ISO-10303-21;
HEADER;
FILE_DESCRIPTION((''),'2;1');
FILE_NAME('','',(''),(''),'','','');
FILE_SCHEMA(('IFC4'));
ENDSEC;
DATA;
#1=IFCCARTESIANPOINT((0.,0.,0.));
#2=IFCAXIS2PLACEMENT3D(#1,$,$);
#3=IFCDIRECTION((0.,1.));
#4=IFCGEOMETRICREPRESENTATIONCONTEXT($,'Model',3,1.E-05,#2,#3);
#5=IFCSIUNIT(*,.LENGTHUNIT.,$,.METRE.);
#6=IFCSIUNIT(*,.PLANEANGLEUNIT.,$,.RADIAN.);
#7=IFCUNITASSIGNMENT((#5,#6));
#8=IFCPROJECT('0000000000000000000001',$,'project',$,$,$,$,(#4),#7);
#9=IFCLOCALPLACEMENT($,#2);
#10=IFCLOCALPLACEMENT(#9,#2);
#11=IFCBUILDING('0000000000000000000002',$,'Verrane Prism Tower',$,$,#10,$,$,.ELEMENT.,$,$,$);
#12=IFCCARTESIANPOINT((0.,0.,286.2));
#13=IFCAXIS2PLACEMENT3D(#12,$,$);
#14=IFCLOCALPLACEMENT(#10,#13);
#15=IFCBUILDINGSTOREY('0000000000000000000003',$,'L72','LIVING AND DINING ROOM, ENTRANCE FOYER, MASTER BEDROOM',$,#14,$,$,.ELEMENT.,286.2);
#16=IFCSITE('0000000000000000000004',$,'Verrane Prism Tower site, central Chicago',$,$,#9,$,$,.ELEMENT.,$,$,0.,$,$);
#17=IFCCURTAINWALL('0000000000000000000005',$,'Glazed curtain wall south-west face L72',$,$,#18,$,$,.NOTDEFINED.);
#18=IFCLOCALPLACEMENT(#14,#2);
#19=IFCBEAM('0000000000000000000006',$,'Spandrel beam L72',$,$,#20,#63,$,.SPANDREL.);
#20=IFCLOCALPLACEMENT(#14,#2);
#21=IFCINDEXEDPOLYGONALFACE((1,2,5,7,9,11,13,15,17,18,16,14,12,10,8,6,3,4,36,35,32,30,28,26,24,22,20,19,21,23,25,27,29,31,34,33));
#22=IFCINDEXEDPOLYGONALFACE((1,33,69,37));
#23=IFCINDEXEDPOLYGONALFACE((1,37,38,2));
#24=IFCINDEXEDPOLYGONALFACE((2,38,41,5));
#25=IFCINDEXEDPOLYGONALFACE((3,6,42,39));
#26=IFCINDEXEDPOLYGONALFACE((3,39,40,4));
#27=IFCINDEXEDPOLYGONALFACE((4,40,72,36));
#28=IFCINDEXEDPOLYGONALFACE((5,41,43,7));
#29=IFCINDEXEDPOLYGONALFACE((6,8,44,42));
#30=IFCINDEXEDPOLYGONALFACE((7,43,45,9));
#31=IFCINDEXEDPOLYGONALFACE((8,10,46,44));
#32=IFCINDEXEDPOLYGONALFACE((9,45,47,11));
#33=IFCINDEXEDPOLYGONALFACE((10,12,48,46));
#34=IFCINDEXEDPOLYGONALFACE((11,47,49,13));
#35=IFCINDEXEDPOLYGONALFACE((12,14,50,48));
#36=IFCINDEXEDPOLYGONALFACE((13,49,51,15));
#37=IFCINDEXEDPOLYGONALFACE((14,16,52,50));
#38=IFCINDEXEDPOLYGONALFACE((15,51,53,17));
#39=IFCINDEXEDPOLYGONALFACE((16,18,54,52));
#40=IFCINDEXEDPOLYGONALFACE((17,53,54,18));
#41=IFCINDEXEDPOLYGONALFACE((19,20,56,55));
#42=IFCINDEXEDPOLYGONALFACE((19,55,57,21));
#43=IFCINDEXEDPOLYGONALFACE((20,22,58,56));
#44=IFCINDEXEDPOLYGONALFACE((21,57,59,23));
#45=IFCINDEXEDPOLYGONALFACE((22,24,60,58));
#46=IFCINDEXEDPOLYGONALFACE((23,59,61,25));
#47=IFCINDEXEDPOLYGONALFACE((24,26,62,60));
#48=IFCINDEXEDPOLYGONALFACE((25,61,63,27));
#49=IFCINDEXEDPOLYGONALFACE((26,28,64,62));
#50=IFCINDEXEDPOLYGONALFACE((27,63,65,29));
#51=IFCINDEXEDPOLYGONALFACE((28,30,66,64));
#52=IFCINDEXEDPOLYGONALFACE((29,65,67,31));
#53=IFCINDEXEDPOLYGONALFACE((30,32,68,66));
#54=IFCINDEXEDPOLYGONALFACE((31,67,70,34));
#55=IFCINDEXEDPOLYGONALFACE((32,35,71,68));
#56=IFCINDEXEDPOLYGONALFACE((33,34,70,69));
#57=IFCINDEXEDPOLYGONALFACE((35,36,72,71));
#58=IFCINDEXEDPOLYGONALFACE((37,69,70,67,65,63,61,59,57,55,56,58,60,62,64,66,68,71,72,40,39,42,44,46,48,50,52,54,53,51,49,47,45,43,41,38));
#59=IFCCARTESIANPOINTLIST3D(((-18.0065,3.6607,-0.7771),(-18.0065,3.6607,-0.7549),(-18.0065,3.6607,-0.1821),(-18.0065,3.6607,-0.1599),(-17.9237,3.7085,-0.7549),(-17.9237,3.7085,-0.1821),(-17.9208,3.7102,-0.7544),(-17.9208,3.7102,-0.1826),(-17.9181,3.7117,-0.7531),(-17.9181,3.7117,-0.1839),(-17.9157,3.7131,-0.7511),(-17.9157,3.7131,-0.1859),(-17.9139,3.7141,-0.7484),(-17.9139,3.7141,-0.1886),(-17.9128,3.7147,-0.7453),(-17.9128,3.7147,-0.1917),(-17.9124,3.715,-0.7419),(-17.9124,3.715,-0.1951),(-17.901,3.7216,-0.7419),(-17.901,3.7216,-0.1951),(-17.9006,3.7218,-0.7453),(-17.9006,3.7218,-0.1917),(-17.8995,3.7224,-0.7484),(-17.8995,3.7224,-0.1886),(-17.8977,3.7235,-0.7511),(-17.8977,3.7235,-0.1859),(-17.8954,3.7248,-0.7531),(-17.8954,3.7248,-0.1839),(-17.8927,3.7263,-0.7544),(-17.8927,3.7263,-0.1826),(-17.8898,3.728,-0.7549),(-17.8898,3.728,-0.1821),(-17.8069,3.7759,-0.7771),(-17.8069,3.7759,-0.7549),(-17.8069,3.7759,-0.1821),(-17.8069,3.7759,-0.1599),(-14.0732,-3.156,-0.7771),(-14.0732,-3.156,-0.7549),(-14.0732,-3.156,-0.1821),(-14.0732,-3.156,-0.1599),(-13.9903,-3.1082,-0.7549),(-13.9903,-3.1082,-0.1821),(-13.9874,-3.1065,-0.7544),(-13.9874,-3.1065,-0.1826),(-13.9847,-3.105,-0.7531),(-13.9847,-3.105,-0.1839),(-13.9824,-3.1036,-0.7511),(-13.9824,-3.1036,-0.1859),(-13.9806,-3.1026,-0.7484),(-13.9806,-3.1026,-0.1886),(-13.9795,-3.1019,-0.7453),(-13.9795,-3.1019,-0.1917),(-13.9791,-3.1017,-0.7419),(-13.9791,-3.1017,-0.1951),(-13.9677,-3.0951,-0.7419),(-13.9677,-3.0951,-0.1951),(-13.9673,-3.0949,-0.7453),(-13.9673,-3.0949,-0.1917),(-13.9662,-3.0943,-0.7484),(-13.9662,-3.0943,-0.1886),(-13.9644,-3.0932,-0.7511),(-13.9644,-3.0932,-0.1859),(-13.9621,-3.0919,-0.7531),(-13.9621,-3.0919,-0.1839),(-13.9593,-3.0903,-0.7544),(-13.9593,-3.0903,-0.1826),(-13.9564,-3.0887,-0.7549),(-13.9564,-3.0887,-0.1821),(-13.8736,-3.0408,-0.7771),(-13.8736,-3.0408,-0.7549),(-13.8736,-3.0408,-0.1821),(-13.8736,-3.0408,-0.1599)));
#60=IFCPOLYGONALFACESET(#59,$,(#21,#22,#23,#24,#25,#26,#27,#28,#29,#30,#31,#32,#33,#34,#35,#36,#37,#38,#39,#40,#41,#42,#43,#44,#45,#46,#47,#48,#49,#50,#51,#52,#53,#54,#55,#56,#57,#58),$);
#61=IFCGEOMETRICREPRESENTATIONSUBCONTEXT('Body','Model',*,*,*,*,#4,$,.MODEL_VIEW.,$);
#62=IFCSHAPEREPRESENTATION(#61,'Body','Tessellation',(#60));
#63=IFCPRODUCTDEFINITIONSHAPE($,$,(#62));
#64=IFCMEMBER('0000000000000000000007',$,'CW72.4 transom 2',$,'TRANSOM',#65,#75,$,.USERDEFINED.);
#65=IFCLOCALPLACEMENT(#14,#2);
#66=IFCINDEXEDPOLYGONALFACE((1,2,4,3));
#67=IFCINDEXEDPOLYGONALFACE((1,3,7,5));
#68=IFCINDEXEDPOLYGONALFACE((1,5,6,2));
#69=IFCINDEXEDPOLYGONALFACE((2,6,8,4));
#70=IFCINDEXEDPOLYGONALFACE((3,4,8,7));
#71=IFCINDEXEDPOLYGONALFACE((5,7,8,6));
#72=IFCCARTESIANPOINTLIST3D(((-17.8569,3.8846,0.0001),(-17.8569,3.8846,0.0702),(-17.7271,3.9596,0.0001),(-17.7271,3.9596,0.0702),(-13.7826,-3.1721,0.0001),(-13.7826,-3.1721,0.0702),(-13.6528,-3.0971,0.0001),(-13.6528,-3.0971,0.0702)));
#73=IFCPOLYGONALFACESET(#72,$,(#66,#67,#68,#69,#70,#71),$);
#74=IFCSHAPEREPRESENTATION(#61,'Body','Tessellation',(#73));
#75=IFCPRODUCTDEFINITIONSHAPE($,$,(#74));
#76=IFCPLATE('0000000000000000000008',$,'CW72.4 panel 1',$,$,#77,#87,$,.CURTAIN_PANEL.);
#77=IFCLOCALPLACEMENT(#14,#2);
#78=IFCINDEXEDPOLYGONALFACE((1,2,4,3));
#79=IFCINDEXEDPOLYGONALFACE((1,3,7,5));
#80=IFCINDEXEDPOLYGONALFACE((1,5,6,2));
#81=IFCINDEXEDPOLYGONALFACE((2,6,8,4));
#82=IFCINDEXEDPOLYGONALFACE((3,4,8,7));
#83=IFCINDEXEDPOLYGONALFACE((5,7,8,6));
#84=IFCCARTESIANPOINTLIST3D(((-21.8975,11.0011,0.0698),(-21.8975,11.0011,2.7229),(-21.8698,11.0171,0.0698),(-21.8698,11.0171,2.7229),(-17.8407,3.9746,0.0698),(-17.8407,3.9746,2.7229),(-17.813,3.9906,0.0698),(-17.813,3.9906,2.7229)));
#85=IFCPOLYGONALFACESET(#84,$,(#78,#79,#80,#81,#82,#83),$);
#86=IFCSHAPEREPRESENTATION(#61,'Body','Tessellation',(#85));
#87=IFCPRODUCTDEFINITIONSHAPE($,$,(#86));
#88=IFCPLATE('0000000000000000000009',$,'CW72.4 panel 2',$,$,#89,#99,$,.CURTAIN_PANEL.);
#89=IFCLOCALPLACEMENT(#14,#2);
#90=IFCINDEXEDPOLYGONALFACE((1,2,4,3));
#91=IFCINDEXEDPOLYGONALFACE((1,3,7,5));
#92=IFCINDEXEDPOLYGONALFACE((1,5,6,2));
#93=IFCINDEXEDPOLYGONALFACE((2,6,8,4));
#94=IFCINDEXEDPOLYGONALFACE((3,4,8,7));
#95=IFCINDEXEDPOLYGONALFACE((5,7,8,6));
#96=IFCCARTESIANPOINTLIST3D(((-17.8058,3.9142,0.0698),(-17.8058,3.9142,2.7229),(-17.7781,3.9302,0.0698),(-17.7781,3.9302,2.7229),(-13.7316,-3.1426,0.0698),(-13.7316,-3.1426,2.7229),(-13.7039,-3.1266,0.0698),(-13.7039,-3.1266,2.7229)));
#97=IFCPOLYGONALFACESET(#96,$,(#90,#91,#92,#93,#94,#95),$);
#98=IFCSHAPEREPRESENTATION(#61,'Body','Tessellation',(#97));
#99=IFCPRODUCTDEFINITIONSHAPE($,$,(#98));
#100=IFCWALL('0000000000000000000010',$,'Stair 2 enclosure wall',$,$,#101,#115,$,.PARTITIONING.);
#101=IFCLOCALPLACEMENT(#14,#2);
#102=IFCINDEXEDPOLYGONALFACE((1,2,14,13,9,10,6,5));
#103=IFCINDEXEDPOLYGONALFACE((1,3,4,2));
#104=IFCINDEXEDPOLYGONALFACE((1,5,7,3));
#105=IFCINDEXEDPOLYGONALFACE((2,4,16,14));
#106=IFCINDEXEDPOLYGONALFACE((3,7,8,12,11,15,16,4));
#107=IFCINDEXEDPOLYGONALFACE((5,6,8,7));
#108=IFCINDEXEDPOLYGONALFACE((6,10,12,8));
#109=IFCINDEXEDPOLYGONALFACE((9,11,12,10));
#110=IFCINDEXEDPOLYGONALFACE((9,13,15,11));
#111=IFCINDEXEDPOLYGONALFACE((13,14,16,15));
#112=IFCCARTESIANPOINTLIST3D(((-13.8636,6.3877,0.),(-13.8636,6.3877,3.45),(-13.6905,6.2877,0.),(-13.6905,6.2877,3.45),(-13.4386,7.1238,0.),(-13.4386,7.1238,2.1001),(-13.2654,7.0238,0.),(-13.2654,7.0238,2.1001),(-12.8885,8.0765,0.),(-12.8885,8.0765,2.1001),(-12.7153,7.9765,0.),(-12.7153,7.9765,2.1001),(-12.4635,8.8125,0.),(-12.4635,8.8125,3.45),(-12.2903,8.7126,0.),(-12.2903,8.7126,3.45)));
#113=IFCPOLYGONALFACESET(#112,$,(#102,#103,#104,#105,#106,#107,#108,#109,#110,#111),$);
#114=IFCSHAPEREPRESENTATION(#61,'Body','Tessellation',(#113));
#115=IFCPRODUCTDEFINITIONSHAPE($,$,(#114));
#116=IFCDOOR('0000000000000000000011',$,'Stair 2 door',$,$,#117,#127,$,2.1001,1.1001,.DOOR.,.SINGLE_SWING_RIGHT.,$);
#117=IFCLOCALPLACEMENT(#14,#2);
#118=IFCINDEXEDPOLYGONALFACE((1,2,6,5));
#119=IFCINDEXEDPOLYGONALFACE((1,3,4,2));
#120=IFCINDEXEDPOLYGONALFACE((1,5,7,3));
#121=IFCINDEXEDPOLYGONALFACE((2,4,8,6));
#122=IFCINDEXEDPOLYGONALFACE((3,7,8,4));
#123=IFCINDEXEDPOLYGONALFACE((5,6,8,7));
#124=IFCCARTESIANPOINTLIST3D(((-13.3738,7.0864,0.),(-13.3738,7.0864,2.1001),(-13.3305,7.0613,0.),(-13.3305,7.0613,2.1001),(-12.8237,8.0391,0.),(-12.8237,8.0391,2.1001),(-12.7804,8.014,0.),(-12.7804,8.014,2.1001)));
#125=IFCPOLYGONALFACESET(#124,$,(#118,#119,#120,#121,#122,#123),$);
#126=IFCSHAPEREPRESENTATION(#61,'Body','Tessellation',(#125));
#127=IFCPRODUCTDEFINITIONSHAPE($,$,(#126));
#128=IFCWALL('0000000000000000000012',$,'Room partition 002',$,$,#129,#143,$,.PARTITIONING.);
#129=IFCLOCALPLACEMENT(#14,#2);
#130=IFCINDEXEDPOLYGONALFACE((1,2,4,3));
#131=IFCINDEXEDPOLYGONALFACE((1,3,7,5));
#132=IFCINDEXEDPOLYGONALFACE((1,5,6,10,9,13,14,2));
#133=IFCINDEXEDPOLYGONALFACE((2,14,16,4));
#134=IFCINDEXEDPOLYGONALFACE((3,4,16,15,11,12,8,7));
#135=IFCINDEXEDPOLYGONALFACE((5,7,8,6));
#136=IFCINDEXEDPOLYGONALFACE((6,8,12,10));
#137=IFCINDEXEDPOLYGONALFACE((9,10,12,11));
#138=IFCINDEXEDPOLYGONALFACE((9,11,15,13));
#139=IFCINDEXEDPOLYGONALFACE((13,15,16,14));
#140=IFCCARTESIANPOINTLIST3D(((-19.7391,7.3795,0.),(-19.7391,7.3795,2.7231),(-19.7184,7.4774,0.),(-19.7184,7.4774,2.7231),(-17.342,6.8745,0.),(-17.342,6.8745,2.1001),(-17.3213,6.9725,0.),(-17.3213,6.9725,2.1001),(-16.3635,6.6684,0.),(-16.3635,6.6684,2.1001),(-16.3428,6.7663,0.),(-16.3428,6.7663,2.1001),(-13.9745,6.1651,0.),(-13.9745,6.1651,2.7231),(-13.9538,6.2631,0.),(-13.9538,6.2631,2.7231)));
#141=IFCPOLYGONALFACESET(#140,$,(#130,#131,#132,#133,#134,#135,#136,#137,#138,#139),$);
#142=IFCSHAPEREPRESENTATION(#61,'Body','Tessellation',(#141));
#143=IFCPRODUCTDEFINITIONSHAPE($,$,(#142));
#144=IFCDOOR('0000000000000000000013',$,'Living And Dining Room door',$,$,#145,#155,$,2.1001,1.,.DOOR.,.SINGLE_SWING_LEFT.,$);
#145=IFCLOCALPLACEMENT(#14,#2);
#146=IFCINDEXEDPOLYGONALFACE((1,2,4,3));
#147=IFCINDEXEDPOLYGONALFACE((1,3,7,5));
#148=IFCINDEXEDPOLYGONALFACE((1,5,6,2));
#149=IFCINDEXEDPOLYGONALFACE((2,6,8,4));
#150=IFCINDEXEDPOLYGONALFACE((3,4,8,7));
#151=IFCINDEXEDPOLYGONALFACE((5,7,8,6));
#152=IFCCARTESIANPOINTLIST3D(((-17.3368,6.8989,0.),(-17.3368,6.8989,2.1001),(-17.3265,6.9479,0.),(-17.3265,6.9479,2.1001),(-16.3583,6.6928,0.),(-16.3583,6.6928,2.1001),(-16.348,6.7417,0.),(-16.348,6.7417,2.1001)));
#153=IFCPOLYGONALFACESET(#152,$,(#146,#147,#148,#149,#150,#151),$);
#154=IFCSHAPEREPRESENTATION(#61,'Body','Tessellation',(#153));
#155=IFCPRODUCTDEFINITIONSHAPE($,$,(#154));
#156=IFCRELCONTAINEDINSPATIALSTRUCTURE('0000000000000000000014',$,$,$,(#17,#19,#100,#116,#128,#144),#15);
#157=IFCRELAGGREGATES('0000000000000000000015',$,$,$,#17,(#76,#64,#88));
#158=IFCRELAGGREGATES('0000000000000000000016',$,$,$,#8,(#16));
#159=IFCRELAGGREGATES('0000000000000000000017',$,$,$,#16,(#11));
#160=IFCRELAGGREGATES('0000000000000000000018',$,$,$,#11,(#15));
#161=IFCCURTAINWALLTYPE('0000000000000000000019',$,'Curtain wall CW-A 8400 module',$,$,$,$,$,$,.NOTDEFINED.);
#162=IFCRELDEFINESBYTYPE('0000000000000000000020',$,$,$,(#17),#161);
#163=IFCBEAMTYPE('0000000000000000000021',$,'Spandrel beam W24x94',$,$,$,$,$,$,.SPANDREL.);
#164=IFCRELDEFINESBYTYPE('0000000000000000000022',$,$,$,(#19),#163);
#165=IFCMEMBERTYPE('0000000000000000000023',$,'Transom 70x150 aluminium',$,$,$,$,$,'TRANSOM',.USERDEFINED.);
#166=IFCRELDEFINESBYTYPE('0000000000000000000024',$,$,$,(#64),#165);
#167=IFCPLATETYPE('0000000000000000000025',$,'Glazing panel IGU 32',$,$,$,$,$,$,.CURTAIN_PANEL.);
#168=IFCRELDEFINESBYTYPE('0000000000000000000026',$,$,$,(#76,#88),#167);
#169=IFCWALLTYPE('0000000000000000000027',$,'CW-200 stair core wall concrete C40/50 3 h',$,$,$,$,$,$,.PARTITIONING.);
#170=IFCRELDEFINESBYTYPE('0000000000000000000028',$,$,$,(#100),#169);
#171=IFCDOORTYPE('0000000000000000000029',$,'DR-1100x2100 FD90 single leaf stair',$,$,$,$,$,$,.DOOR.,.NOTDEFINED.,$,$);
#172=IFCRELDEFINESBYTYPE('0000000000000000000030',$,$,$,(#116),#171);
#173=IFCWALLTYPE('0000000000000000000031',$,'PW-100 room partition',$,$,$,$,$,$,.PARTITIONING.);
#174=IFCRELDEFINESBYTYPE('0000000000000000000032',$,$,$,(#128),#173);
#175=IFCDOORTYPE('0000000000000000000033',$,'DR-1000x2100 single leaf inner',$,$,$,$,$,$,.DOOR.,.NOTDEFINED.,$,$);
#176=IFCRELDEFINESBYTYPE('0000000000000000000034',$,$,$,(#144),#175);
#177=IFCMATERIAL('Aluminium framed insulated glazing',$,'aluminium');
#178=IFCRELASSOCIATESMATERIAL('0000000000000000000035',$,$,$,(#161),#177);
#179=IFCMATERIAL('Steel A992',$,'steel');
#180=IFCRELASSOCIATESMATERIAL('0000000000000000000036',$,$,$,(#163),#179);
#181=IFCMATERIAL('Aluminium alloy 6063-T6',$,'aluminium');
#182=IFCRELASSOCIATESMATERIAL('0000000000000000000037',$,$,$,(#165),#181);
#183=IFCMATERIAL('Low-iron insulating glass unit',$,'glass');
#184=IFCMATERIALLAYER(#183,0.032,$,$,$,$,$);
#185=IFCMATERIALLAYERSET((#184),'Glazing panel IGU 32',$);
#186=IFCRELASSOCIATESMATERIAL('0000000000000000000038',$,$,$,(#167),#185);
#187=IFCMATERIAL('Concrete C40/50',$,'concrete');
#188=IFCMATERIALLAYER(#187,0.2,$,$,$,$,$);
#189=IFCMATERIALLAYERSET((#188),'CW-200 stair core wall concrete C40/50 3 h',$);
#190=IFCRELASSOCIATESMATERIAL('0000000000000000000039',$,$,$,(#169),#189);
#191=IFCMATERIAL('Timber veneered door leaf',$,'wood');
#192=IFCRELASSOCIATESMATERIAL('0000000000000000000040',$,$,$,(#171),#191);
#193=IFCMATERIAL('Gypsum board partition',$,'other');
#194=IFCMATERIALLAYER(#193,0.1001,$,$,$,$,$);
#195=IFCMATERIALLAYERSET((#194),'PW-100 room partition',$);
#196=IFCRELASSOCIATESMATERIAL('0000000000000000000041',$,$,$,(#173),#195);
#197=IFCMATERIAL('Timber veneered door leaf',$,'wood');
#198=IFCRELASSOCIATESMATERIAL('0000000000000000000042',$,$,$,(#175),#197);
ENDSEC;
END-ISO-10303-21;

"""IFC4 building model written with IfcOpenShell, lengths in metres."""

from ifc_helpers import new_model, si_unit, direction, frame, frame_2d, origin, origin_2d, place, context, subcontext, project, spatial, rectangle, i_section, extrude, material, layer, layer_set, material_profile, profile_set, type_object, element, fill, aggregate, save


model = new_model("IFC4")

# Units and contexts
model_context = context("Model", 3, precision=1e-05, world=origin(), true_north=direction((0.0, 1.0)))
body_context = subcontext(model_context, "Body", "Model", "MODEL_VIEW")
ifc_project = project(units=[si_unit("LENGTHUNIT", "METRE"), si_unit("PLANEANGLEUNIT", "RADIAN")], contexts=[model_context])

# Site, building, storey
site_placement = place(None, origin())
site = spatial("IfcSite", under=ifc_project, at=site_placement, Name="Verrane Prism Tower site, central Chicago", CompositionType="ELEMENT", RefElevation=0.0)
building_placement = place(site_placement, origin())
building = spatial("IfcBuilding", under=site, at=building_placement, Name="Verrane Prism Tower", CompositionType="ELEMENT")
storey_placement = place(building_placement, frame((0.0, 0.0, 286.2)))
storey = spatial("IfcBuildingStorey", under=building, at=storey_placement, Name="L72", Description="LIVING AND DINING ROOM, ENTRANCE FOYER, MASTER BEDROOM", CompositionType="ELEMENT", Elevation=286.2)

# Curtain wall
ifc_material_1 = material(Name="Aluminium framed insulated glazing", Category="aluminium")
curtain_wall_type = type_object("IfcCurtainWallType", Name="Curtain wall CW-A 8400 module", PredefinedType="NOTDEFINED", material=ifc_material_1)
curtain_wall_placement = place(storey_placement, origin())
curtain_wall = element("IfcCurtainWall", 1, at=curtain_wall_placement, inside=storey, type_object=curtain_wall_type, Name="Glazed curtain wall south-west face L72", PredefinedType="NOTDEFINED")

# Beam
ifc_material_2 = material(Name="Steel A992", Category="steel")
ifc_material_profile_1 = material_profile(ifc_material_2, i_section(OverallWidth=0.2305, OverallDepth=0.6172, WebThickness=0.0132, FlangeThickness=0.0222, FilletRadius=0.0129, at=origin_2d()), Name="W24x94")
ifc_profile_set_1 = profile_set([ifc_material_profile_1], Name="Steel A992")
beam_type_1 = type_object("IfcBeamType", Name="Spandrel beam W24x94", PredefinedType="SPANDREL", material=ifc_profile_set_1)
beam_1_placement = place(storey_placement, frame((-17.9067, 3.7183, -0.4685), z_axis=(0.499786, -0.866149, 0.0), x_axis=(0.866149, 0.499786, 0.0)))
element("IfcBeam", 2, at=beam_1_placement, inside=storey, type_object=beam_type_1, Name="Spandrel beam L72", PredefinedType="SPANDREL", context=body_context, shape_type="SweptSolid", body=[
    extrude(i_section(OverallWidth=0.2305, OverallDepth=0.6172, WebThickness=0.0132, FlangeThickness=0.0222, FilletRadius=0.0129, at=origin_2d()), origin(), (0.0, 0.0, 1.0), 7.8701),
])

# Member
ifc_material_3 = material(Name="Aluminium alloy 6063-T6", Category="aluminium")
ifc_material_profile_2 = material_profile(ifc_material_3, rectangle(XDim=0.1499, YDim=0.0701, at=origin_2d()), Name="Transom 70x150 aluminium")
ifc_profile_set_2 = profile_set([ifc_material_profile_2], Name="Aluminium alloy 6063-T6")
member_type_1 = type_object("IfcMemberType", Name="Transom 70x150 aluminium", ElementType="TRANSOM", PredefinedType="USERDEFINED", material=ifc_profile_set_2)
member_1_placement = place(storey_placement, frame((-17.792, 3.9221, 0.0352), z_axis=(0.500006, -0.866022, 0.0), x_axis=(0.866022, 0.500006, 0.0)))
member_1 = element("IfcMember", 3, at=member_1_placement, type_object=member_type_1, Name="CW72.4 transom 2", ObjectType="TRANSOM", PredefinedType="USERDEFINED", context=body_context, shape_type="SweptSolid", body=[
    extrude(rectangle(XDim=0.1499, YDim=0.0701, at=origin_2d()), origin(), (0.0, 0.0, 1.0), 8.1484),
])

# Plates
ifc_material_4 = material(Name="Low-iron insulating glass unit", Category="glass")
ifc_layer_1 = layer(ifc_material_4, 0.032)
ifc_layer_set_1 = layer_set([ifc_layer_1], Name="Glazing panel IGU 32")
plate_type = type_object("IfcPlateType", Name="Glazing panel IGU 32", PredefinedType="CURTAIN_PANEL", material=ifc_layer_set_1)
plate_1_placement = place(storey_placement, frame((-19.8552, 7.4958, 0.0698), z_axis=(0.0, 0.0, 1.0), x_axis=(0.500001, -0.866025, 0.0)))
plate_1 = element("IfcPlate", 4, at=plate_1_placement, type_object=plate_type, Name="CW72.4 panel 1", PredefinedType="CURTAIN_PANEL", context=body_context, shape_type="SweptSolid", body=[
    extrude(rectangle(XDim=8.1135, YDim=0.032, at=origin_2d()), origin(), (0.0, 0.0, 1.0), 2.6531),
])
plate_2_placement = place(storey_placement, frame((-15.7549, 0.3938, 0.0698), z_axis=(0.0, 0.0, 1.0), x_axis=(0.500001, -0.866025, 0.0)))
plate_2 = element("IfcPlate", 5, at=plate_2_placement, type_object=plate_type, Name="CW72.4 panel 2", PredefinedType="CURTAIN_PANEL", context=body_context, shape_type="SweptSolid", body=[
    extrude(rectangle(XDim=8.1484, YDim=0.032, at=origin_2d()), origin(), (0.0, 0.0, 1.0), 2.6531),
])
aggregate(curtain_wall, [plate_1, member_1, plate_2])

# Walls, openings, doors
ifc_material_5 = material(Name="Concrete C40/50", Category="concrete")
ifc_layer_2 = layer(ifc_material_5, 0.2)
ifc_layer_set_2 = layer_set([ifc_layer_2], Name="CW-200 stair core wall concrete C40/50 3 h")
wall_type_1 = type_object("IfcWallType", Name="CW-200 stair core wall concrete C40/50 3 h", PredefinedType="PARTITIONING", material=ifc_layer_set_2)
wall_1_placement = place(storey_placement, frame((-12.377, 8.7625, 0.0), z_axis=(0.0, 0.0, 1.0), x_axis=(-0.50005, -0.865997, 0.0)))
wall_1 = element("IfcWall", 6, at=wall_1_placement, inside=storey, type_object=wall_type_1, Name="Stair 2 enclosure wall", PredefinedType="PARTITIONING", context=body_context, shape_type="SweptSolid", body=[
    extrude(rectangle(XDim=2.8, YDim=0.2, at=frame_2d((1.3999, 0.0))), origin(), (0.0, 0.0, 1.0), 3.45),
])
opening_1_placement = place(wall_1_placement, frame((0.8499, 0.0, 0.0)))
opening_1 = element("IfcOpeningElement", 7, at=opening_1_placement, cuts=wall_1, PredefinedType="OPENING", context=body_context, shape_type="SweptSolid", body=[
    extrude(rectangle(XDim=1.1001, YDim=2.1001, at=frame_2d((0.55, 1.05))), frame((0.0, 0.1099, 0.0), z_axis=(0.0, -1.0, 0.0), x_axis=(1.0, 0.0, 0.0)), (0.0, 0.0, 1.0), 0.22),
])
ifc_material_6 = material(Name="Timber veneered door leaf", Category="wood")
door_type_1 = type_object("IfcDoorType", Name="DR-1100x2100 FD90 single leaf stair", OperationType="NOTDEFINED", PredefinedType="DOOR", material=ifc_material_6)
door_1_placement = place(opening_1_placement, origin())
door_1 = element("IfcDoor", 8, at=door_1_placement, inside=storey, type_object=door_type_1, Name="Stair 2 door", OperationType="SINGLE_SWING_RIGHT", OverallHeight=2.1001, OverallWidth=1.1001, PredefinedType="DOOR", context=body_context, shape_type="SweptSolid", body=[
    extrude(rectangle(XDim=1.1001, YDim=2.1001, at=frame_2d((0.55, 1.05))), frame((0.0, 0.0249, 0.0), z_axis=(0.0, -1.0, 0.0), x_axis=(1.0, 0.0, 0.0)), (0.0, 0.0, 1.0), 0.05),
])
fill(opening_1, door_1)
ifc_material_7 = material(Name="Gypsum board partition", Category="other")
ifc_layer_3 = layer(ifc_material_7, 0.1001)
ifc_layer_set_3 = layer_set([ifc_layer_3], Name="PW-100 room partition")
wall_type_2 = type_object("IfcWallType", Name="PW-100 room partition", PredefinedType="PARTITIONING", material=ifc_layer_set_3)
wall_2_placement = place(storey_placement, frame((-19.7288, 7.4285, 0.0), z_axis=(0.0, 0.0, 1.0), x_axis=(0.978524, -0.206132, 0.0)))
wall_2 = element("IfcWall", 9, at=wall_2_placement, inside=storey, type_object=wall_type_2, Name="Room partition 002", PredefinedType="PARTITIONING", context=body_context, shape_type="SweptSolid", body=[
    extrude(rectangle(XDim=5.8911, YDim=0.1001, at=frame_2d((2.9456, 0.0))), origin(), (0.0, 0.0, 1.0), 2.7231),
])
opening_2_placement = place(wall_2_placement, frame((2.4497, 0.0, 0.0)))
opening_2 = element("IfcOpeningElement", 10, at=opening_2_placement, cuts=wall_2, PredefinedType="OPENING", context=body_context, shape_type="SweptSolid", body=[
    extrude(rectangle(XDim=1.0, YDim=2.1001, at=frame_2d((0.5, 1.05))), frame((0.0, 0.0601, 0.0), z_axis=(0.0, -1.0, 0.0), x_axis=(1.0, 0.0, 0.0)), (0.0, 0.0, 1.0), 0.1201),
])
ifc_material_8 = material(Name="Timber veneered door leaf", Category="wood")
door_type_2 = type_object("IfcDoorType", Name="DR-1000x2100 single leaf inner", OperationType="NOTDEFINED", PredefinedType="DOOR", material=ifc_material_8)
door_2_placement = place(opening_2_placement, origin())
door_2 = element("IfcDoor", 11, at=door_2_placement, inside=storey, type_object=door_type_2, Name="Living And Dining Room door", OperationType="SINGLE_SWING_LEFT", OverallHeight=2.1001, OverallWidth=1.0, PredefinedType="DOOR", context=body_context, shape_type="SweptSolid", body=[
    extrude(rectangle(XDim=1.0, YDim=2.1001, at=frame_2d((0.5, 1.05))), frame((0.0, 0.0249, 0.0), z_axis=(0.0, -1.0, 0.0), x_axis=(1.0, 0.0, 0.0)), (0.0, 0.0, 1.0), 0.05),
])
fill(opening_2, door_2)

save(model, "model.ifc")
